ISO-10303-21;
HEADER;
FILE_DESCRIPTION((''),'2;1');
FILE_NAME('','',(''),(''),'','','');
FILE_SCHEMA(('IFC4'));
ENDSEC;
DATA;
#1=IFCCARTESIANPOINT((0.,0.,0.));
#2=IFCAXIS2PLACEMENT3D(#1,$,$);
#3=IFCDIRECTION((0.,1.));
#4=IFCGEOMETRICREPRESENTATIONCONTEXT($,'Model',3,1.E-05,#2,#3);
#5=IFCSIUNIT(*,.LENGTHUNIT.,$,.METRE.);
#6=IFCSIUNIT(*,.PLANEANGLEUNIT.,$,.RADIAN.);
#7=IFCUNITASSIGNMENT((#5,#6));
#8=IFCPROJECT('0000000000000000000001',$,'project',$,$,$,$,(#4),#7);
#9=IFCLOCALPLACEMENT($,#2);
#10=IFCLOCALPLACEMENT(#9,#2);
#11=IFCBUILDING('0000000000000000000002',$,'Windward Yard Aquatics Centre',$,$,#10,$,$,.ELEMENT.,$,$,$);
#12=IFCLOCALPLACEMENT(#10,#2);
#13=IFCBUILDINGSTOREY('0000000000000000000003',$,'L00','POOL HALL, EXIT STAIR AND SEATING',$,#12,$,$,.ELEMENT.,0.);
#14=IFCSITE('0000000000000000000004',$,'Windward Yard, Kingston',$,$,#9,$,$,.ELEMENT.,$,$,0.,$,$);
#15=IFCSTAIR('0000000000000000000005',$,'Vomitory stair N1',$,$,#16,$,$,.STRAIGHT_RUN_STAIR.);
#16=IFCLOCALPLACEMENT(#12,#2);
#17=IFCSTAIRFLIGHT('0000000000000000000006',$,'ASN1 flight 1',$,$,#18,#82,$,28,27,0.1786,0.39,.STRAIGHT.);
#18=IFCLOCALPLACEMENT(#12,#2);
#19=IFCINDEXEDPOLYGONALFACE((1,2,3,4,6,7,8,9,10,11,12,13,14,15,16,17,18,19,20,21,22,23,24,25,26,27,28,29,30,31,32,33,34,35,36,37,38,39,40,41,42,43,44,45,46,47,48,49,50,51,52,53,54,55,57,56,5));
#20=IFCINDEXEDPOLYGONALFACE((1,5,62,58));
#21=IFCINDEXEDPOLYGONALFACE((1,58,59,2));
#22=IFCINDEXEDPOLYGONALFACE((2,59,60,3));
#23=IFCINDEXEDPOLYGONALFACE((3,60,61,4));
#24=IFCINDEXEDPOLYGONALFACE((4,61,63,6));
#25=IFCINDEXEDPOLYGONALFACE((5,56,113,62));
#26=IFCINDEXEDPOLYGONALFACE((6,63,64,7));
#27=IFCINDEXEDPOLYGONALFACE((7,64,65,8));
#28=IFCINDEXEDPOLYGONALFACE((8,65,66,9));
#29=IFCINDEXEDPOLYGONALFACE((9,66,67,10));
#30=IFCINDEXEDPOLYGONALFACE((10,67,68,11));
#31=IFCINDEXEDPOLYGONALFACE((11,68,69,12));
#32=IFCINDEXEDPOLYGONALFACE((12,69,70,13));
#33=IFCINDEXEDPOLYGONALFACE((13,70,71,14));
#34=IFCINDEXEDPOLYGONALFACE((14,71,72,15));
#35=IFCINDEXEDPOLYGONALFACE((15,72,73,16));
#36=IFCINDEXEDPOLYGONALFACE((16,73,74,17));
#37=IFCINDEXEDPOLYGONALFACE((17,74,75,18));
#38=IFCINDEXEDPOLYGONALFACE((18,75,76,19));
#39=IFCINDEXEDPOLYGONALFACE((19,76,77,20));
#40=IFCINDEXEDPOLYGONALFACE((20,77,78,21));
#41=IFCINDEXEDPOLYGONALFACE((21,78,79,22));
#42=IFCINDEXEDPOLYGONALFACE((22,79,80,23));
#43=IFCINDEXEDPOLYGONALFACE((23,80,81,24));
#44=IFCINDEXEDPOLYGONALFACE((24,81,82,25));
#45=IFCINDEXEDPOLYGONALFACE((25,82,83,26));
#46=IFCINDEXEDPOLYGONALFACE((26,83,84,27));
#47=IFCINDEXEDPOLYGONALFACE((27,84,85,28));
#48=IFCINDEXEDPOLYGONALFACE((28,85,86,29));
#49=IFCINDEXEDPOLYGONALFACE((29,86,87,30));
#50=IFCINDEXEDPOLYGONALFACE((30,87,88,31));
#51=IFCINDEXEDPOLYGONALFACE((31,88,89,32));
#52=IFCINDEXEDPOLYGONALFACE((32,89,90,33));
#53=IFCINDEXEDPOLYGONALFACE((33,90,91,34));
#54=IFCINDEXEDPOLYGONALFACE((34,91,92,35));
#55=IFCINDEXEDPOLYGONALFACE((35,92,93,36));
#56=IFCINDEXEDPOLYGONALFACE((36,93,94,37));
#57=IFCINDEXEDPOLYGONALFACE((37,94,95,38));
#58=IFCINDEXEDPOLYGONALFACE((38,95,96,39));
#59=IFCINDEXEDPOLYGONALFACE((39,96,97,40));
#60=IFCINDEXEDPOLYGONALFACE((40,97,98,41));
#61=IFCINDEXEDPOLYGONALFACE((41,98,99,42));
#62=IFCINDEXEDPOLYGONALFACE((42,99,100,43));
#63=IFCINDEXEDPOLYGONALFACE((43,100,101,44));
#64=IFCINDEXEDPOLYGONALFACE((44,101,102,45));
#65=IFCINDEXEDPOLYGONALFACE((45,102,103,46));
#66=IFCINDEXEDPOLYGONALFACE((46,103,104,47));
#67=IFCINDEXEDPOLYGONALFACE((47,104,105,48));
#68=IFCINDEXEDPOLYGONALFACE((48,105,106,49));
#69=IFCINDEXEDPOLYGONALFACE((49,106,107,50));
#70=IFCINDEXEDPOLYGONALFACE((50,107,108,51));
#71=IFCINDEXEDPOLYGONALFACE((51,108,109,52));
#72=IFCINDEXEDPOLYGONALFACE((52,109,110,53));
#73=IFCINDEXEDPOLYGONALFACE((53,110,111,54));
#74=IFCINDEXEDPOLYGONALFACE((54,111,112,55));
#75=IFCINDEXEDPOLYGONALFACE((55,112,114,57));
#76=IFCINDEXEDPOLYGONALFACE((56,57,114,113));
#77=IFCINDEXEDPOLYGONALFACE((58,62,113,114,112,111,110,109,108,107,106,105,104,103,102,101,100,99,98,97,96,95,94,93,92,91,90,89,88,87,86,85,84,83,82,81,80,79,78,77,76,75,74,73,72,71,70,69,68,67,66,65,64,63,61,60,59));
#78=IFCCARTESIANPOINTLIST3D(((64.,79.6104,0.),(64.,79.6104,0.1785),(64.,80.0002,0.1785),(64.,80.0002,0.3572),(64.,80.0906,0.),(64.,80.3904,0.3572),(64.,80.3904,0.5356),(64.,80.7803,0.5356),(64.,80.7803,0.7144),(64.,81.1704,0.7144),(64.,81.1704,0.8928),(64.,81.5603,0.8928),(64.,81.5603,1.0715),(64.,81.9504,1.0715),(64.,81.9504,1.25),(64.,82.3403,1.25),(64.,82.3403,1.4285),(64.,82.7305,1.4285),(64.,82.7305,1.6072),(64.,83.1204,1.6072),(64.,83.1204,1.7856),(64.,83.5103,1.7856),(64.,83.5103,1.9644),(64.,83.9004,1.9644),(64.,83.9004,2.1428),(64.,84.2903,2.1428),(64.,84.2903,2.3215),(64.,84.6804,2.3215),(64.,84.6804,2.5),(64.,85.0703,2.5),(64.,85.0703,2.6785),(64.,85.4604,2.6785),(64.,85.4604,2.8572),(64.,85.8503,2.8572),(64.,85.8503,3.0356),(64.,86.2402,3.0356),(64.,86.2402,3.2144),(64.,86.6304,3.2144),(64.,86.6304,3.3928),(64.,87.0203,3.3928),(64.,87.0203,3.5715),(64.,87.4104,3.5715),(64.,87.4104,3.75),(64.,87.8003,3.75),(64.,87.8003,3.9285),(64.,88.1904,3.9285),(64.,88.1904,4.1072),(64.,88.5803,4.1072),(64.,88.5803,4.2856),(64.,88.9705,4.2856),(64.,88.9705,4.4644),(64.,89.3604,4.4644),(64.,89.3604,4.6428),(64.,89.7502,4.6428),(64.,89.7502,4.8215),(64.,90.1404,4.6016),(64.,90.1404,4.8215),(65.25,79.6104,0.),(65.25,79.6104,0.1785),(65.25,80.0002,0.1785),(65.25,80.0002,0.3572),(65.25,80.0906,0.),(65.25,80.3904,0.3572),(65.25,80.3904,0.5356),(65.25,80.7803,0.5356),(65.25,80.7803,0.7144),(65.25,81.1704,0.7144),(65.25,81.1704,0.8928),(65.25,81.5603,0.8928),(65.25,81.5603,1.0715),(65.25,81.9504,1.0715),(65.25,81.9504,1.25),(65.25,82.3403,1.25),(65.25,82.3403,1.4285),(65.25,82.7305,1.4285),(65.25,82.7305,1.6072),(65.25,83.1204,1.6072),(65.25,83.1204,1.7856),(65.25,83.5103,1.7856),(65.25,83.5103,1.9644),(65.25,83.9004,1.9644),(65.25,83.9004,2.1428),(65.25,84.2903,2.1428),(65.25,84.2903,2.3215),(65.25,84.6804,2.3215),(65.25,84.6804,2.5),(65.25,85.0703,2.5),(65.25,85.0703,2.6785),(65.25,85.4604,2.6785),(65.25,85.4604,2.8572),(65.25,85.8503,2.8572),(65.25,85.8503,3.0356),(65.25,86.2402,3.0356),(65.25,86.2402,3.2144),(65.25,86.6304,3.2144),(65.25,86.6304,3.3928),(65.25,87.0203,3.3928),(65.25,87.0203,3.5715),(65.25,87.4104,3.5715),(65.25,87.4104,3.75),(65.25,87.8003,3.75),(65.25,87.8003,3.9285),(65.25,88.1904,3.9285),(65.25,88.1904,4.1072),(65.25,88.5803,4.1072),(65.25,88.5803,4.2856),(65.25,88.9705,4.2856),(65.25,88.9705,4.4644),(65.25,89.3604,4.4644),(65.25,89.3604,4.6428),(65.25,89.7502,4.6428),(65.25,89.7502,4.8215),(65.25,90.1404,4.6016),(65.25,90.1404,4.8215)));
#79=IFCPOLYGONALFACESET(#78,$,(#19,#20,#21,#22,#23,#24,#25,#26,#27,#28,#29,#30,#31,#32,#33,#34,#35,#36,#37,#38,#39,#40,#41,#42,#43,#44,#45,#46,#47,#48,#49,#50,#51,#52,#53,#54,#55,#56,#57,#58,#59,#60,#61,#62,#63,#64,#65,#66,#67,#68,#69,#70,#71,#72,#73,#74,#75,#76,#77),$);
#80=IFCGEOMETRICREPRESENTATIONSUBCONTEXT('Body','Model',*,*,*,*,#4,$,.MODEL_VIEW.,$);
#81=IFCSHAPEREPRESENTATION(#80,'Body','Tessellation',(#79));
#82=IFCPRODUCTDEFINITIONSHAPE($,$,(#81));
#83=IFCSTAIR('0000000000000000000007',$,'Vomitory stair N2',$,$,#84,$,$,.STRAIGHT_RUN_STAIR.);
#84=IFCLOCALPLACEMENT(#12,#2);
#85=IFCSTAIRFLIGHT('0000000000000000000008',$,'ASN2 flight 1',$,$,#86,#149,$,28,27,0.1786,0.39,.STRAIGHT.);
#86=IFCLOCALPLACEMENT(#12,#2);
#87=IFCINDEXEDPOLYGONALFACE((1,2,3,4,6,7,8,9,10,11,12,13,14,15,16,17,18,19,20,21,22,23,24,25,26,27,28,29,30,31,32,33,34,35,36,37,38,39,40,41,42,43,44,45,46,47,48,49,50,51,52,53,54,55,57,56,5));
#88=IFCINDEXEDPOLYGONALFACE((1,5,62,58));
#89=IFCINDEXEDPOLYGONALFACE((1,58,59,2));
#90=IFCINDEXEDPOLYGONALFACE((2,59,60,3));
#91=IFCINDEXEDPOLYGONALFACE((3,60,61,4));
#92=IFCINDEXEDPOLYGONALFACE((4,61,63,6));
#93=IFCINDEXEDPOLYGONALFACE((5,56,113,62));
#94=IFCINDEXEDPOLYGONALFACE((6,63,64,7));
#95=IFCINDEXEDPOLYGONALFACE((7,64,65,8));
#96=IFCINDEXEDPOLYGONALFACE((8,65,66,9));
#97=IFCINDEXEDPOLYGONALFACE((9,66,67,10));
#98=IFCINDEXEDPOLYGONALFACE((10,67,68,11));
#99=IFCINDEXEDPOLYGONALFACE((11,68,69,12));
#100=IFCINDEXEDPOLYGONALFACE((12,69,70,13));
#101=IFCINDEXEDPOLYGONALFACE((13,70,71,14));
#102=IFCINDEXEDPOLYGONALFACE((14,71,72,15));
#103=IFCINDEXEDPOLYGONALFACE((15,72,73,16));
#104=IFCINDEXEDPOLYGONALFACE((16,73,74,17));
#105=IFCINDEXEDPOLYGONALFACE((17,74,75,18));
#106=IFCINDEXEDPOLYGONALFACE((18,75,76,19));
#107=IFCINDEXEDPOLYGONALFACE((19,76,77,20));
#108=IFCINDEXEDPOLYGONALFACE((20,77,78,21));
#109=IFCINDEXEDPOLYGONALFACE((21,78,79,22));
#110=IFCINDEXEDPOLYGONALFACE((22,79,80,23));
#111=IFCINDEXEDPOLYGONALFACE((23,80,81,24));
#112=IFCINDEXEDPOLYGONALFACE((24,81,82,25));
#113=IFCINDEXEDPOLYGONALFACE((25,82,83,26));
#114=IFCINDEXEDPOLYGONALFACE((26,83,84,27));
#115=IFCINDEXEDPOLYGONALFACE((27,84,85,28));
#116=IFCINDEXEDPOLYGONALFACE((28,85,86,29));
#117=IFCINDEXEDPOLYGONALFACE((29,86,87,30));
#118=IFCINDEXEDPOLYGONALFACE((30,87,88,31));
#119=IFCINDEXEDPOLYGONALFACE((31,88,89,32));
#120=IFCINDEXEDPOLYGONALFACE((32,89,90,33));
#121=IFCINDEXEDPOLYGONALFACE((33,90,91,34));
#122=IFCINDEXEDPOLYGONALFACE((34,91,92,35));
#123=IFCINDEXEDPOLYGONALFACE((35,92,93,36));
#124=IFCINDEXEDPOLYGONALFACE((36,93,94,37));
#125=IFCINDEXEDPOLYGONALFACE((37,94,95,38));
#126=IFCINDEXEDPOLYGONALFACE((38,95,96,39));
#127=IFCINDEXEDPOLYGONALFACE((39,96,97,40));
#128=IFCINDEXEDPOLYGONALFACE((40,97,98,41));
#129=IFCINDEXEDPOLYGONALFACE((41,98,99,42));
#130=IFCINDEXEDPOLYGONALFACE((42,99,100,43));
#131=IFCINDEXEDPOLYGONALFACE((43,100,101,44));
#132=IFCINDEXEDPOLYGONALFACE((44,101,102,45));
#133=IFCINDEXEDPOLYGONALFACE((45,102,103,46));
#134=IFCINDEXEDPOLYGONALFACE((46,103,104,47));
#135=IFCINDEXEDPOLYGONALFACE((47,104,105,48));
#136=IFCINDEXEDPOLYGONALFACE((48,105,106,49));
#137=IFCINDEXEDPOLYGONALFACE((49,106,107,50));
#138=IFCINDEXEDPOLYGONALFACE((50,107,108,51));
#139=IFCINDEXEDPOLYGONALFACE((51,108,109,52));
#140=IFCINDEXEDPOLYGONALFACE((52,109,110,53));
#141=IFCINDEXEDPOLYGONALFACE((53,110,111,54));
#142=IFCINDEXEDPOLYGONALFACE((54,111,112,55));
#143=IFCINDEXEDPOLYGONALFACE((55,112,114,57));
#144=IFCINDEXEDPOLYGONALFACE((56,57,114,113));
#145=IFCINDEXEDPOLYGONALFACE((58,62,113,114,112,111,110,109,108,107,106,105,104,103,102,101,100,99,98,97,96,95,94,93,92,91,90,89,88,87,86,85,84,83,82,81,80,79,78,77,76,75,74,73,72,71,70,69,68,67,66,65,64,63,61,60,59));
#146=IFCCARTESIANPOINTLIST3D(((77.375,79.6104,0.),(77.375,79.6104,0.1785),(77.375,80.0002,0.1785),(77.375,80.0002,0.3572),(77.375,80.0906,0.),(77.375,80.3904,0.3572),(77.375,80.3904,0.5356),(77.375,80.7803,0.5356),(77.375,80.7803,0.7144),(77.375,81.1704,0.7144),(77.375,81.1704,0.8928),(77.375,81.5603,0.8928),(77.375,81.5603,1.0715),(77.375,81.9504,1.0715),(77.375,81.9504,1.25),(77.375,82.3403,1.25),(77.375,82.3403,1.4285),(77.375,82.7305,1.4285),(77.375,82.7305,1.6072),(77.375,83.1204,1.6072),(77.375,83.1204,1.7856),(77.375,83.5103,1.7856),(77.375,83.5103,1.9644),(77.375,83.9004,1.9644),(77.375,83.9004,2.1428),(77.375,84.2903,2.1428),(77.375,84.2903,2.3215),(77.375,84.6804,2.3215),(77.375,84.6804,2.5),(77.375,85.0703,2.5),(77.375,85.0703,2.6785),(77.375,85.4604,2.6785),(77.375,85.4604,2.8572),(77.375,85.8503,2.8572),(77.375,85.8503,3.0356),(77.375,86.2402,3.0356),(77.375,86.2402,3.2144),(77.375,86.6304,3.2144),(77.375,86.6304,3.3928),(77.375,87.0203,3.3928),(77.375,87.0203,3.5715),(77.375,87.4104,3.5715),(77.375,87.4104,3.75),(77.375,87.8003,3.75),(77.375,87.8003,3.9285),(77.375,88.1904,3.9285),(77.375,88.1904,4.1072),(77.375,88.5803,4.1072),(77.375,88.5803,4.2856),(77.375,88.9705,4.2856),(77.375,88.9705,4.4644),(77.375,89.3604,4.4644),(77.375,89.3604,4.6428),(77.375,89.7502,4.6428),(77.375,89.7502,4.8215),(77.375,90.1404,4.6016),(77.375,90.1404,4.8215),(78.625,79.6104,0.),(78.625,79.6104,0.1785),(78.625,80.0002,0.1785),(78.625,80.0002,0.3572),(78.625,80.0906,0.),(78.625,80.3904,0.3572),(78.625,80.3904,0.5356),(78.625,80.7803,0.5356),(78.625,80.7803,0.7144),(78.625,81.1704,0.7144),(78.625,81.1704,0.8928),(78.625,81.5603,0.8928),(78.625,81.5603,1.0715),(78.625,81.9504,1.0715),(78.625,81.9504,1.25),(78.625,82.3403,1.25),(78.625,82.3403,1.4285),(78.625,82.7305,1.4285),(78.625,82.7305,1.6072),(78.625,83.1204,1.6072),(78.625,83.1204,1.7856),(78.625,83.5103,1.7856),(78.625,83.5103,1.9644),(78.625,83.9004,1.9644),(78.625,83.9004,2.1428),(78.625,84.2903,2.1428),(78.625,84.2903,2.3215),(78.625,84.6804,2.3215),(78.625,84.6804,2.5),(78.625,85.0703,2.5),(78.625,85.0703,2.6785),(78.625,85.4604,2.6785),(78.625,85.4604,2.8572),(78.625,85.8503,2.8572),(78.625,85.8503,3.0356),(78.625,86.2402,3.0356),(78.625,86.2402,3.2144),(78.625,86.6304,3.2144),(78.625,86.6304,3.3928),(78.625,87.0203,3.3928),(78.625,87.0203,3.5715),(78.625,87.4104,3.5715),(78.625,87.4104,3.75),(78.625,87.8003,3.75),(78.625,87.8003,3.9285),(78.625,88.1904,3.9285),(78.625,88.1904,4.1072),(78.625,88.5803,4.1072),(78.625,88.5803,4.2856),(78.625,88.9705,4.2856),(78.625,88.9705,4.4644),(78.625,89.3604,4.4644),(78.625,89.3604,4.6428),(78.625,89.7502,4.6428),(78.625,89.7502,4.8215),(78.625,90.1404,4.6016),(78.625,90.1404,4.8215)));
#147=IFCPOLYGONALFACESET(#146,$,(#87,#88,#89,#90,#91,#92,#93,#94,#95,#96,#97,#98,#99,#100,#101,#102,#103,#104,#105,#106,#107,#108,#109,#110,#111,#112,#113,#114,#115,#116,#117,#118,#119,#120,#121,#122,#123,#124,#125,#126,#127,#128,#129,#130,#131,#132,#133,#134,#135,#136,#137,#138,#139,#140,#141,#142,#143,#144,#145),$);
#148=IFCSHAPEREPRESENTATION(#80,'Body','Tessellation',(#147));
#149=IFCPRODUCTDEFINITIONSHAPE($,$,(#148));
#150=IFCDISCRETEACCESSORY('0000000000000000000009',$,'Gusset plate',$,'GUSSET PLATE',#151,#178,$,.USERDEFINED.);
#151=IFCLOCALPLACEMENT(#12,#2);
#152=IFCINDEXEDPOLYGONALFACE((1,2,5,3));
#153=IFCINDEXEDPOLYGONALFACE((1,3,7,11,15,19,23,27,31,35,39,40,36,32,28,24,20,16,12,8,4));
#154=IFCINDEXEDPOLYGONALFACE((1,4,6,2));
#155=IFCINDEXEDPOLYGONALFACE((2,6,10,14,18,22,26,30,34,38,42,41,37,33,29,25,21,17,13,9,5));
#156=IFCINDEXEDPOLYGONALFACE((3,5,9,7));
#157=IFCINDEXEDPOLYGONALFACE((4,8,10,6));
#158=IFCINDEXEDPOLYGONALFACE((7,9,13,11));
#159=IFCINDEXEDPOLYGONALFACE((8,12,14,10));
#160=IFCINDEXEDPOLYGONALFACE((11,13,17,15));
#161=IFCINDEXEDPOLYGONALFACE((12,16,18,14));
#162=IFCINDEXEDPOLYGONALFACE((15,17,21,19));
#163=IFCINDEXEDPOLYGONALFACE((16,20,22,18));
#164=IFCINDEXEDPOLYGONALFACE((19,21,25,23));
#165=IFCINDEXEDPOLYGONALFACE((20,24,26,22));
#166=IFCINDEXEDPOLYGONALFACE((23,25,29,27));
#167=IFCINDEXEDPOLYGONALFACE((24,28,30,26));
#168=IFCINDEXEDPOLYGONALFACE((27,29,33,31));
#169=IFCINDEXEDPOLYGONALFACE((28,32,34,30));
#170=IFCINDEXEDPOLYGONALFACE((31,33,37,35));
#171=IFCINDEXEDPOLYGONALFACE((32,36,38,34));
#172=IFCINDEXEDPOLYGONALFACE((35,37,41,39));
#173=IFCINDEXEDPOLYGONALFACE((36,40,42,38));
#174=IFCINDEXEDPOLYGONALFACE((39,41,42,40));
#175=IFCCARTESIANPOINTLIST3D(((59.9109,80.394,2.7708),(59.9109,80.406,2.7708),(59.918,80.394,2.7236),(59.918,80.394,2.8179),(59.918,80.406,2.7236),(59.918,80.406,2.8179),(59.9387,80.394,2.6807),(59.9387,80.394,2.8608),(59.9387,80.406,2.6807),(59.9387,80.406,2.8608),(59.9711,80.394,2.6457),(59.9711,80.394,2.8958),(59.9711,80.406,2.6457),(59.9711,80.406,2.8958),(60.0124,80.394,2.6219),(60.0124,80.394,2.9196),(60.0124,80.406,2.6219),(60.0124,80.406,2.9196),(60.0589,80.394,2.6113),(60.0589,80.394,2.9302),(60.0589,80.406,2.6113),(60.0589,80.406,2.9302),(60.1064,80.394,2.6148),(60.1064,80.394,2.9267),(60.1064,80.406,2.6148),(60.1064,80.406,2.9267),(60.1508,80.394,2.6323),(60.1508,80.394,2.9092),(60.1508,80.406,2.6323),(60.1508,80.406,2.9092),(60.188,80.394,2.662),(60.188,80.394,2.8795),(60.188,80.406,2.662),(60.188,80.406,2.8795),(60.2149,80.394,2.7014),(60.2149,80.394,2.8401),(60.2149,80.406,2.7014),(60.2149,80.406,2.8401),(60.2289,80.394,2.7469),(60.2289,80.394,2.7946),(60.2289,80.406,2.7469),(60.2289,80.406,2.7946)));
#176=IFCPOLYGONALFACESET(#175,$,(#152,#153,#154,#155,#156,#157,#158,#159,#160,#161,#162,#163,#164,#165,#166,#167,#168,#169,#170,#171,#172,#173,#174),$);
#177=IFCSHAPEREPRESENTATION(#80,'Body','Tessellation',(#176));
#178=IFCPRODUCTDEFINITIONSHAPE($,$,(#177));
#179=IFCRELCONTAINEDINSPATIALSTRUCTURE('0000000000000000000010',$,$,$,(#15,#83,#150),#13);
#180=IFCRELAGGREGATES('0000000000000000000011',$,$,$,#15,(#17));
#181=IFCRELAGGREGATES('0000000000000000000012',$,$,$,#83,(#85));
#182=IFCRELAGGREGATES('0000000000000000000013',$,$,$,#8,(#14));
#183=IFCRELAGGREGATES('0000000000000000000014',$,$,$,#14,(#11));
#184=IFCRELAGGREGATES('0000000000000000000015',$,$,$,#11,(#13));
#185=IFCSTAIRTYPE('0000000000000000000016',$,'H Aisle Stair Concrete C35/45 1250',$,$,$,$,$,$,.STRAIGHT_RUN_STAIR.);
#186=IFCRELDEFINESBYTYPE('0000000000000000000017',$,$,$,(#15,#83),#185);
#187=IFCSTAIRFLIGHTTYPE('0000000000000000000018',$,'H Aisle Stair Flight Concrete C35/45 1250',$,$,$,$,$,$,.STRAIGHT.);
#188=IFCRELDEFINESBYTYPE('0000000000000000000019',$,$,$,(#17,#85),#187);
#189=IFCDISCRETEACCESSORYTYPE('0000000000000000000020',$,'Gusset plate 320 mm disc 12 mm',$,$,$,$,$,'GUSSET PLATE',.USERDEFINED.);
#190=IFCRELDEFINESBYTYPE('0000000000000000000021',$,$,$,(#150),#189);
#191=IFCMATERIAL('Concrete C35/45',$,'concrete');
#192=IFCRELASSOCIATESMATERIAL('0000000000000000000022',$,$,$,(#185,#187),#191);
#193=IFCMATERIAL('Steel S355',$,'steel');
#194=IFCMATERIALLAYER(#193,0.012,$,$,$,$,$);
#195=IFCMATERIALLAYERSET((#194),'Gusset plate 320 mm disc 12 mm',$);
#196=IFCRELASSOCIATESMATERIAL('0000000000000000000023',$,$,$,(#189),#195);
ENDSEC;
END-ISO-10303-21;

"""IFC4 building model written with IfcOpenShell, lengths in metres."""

from ifc_helpers import new_model, si_unit, direction, frame, origin, origin_2d, place, context, subcontext, project, spatial, polyline, circle, outline, extrude, material, layer, layer_set, type_object, element, aggregate, save


model = new_model("IFC4")

# Units and contexts
model_context = context("Model", 3, precision=1e-05, world=origin(), true_north=direction((0.0, 1.0)))
body_context = subcontext(model_context, "Body", "Model", "MODEL_VIEW")
ifc_project = project(units=[si_unit("LENGTHUNIT", "METRE"), si_unit("PLANEANGLEUNIT", "RADIAN")], contexts=[model_context])

# Site, building, storey
site_placement = place(None, origin())
site = spatial("IfcSite", under=ifc_project, at=site_placement, Name="Windward Yard, Kingston", CompositionType="ELEMENT", RefElevation=0.0)
building_placement = place(site_placement, origin())
building = spatial("IfcBuilding", under=site, at=building_placement, Name="Windward Yard Aquatics Centre", CompositionType="ELEMENT")
storey_placement = place(building_placement, origin())
storey = spatial("IfcBuildingStorey", under=building, at=storey_placement, Name="L00", Description="POOL HALL, EXIT STAIR AND SEATING", CompositionType="ELEMENT", Elevation=0.0)

# Shared definitions
ifc_material_1 = material(Name="Concrete C35/45", Category="concrete")

# Stairs, stair flights
stair_type = type_object("IfcStairType", Name="H Aisle Stair Concrete C35/45 1250", PredefinedType="STRAIGHT_RUN_STAIR", material=ifc_material_1)
stair_1_placement = place(storey_placement, origin())
stair_1 = element("IfcStair", 1, at=stair_1_placement, inside=storey, type_object=stair_type, Name="Vomitory stair N1", PredefinedType="STRAIGHT_RUN_STAIR")
stair_flight_type = type_object("IfcStairFlightType", Name="H Aisle Stair Flight Concrete C35/45 1250", PredefinedType="STRAIGHT", material=ifc_material_1)
stair_flight_1_placement = place(storey_placement, frame((64.625, 79.6104, 0.0), z_axis=(0.0, 0.0, 1.0), x_axis=(0.0, 1.0, 0.0)))
stair_flight_1 = element("IfcStairFlight", 2, at=stair_flight_1_placement, type_object=stair_flight_type, Name="ASN1 flight 1", NumberOfRisers=28, NumberOfTreads=27, PredefinedType="STRAIGHT", RiserHeight=0.1786, TreadLength=0.39, context=body_context, shape_type="SweptSolid", body=[
    extrude(outline(polyline([(0.0, 0.0), (0.0, 0.1785), (0.3899, 0.1785), (0.3899, 0.3572), (0.78, 0.3572), (0.78, 0.5356), (1.1699, 0.5356), (1.1699, 0.7144), (1.5601, 0.7144), (1.5601, 0.8928), (1.95, 0.8928), (1.95, 1.0715), (2.3401, 1.0715), (2.3401, 1.25), (2.73, 1.25), (2.73, 1.4285), (3.1201, 1.4285), (3.1201, 1.6072), (3.51, 1.6072), (3.51, 1.7856), (3.8999, 1.7856), (3.8999, 1.9644), (4.29, 1.9644), (4.29, 2.1428), (4.6799, 2.1428), (4.6799, 2.3215), (5.0701, 2.3215), (5.0701, 2.5), (5.46, 2.5), (5.46, 2.6785), (5.8501, 2.6785), (5.8501, 2.8572), (6.24, 2.8572), (6.24, 3.0356), (6.6299, 3.0356), (6.6299, 3.2144), (7.02, 3.2144), (7.02, 3.3928), (7.4099, 3.3928), (7.4099, 3.5715), (7.8, 3.5715), (7.8, 3.75), (8.1899, 3.75), (8.1899, 3.9285), (8.5801, 3.9285), (8.5801, 4.1072), (8.97, 4.1072), (8.97, 4.2856), (9.3601, 4.2856), (9.3601, 4.4644), (9.75, 4.4644), (9.75, 4.6428), (10.1399, 4.6428), (10.1399, 4.8215), (10.53, 4.8215), (10.53, 5.0), (10.53, 4.6016), (0.4802, 0.0), (0.0, 0.0)])), frame((0.0, 0.625, 0.0), z_axis=(0.0, -1.0, 0.0), x_axis=(1.0, 0.0, 0.0)), (0.0, 0.0, 1.0), 1.25),
])
aggregate(stair_1, [stair_flight_1])
stair_2_placement = place(storey_placement, origin())
stair_2 = element("IfcStair", 3, at=stair_2_placement, inside=storey, type_object=stair_type, Name="Vomitory stair N2", PredefinedType="STRAIGHT_RUN_STAIR")
stair_flight_2_placement = place(storey_placement, frame((78.0, 79.6104, 0.0), z_axis=(0.0, 0.0, 1.0), x_axis=(0.0, 1.0, 0.0)))
stair_flight_2 = element("IfcStairFlight", 4, at=stair_flight_2_placement, type_object=stair_flight_type, Name="ASN2 flight 1", NumberOfRisers=28, NumberOfTreads=27, PredefinedType="STRAIGHT", RiserHeight=0.1786, TreadLength=0.39, context=body_context, shape_type="SweptSolid", body=[
    extrude(outline(polyline([(0.0, 0.0), (0.0, 0.1785), (0.3899, 0.1785), (0.3899, 0.3572), (0.78, 0.3572), (0.78, 0.5356), (1.1699, 0.5356), (1.1699, 0.7144), (1.5601, 0.7144), (1.5601, 0.8928), (1.95, 0.8928), (1.95, 1.0715), (2.3401, 1.0715), (2.3401, 1.25), (2.73, 1.25), (2.73, 1.4285), (3.1201, 1.4285), (3.1201, 1.6072), (3.51, 1.6072), (3.51, 1.7856), (3.8999, 1.7856), (3.8999, 1.9644), (4.29, 1.9644), (4.29, 2.1428), (4.6799, 2.1428), (4.6799, 2.3215), (5.0701, 2.3215), (5.0701, 2.5), (5.46, 2.5), (5.46, 2.6785), (5.8501, 2.6785), (5.8501, 2.8572), (6.24, 2.8572), (6.24, 3.0356), (6.6299, 3.0356), (6.6299, 3.2144), (7.02, 3.2144), (7.02, 3.3928), (7.4099, 3.3928), (7.4099, 3.5715), (7.8, 3.5715), (7.8, 3.75), (8.1899, 3.75), (8.1899, 3.9285), (8.5801, 3.9285), (8.5801, 4.1072), (8.97, 4.1072), (8.97, 4.2856), (9.3601, 4.2856), (9.3601, 4.4644), (9.75, 4.4644), (9.75, 4.6428), (10.1399, 4.6428), (10.1399, 4.8215), (10.53, 4.8215), (10.53, 5.0), (10.53, 4.6016), (0.4802, 0.0), (0.0, 0.0)])), frame((0.0, 0.625, 0.0), z_axis=(0.0, -1.0, 0.0), x_axis=(1.0, 0.0, 0.0)), (0.0, 0.0, 1.0), 1.25),
])
aggregate(stair_2, [stair_flight_2])

# Discrete accessory
ifc_material_2 = material(Name="Steel S355", Category="steel")
ifc_layer_1 = layer(ifc_material_2, 0.012)
ifc_layer_set_1 = layer_set([ifc_layer_1], Name="Gusset plate 320 mm disc 12 mm")
discrete_accessory_type = type_object("IfcDiscreteAccessoryType", Name="Gusset plate 320 mm disc 12 mm", ElementType="GUSSET PLATE", PredefinedType="USERDEFINED", material=ifc_layer_set_1)
for number, where, z_axis, x_axis, name in (
    (5, (60.0708, 80.394, 2.7708), (0.0, 1.0, 0.0), (-1.0, 0.0, 0.0), "Gusset plate"),
):
    element("IfcDiscreteAccessory", number, at=place(storey_placement, frame(where, z_axis=z_axis, x_axis=x_axis)), inside=storey, type_object=discrete_accessory_type, Name=name, ObjectType="GUSSET PLATE", PredefinedType="USERDEFINED", context=body_context, shape_type="SweptSolid", body=[
        extrude(circle(Radius=0.1599, at=origin_2d()), origin(), (0.0, 0.0, 1.0), 0.012),
    ])

save(model, "model.ifc")
